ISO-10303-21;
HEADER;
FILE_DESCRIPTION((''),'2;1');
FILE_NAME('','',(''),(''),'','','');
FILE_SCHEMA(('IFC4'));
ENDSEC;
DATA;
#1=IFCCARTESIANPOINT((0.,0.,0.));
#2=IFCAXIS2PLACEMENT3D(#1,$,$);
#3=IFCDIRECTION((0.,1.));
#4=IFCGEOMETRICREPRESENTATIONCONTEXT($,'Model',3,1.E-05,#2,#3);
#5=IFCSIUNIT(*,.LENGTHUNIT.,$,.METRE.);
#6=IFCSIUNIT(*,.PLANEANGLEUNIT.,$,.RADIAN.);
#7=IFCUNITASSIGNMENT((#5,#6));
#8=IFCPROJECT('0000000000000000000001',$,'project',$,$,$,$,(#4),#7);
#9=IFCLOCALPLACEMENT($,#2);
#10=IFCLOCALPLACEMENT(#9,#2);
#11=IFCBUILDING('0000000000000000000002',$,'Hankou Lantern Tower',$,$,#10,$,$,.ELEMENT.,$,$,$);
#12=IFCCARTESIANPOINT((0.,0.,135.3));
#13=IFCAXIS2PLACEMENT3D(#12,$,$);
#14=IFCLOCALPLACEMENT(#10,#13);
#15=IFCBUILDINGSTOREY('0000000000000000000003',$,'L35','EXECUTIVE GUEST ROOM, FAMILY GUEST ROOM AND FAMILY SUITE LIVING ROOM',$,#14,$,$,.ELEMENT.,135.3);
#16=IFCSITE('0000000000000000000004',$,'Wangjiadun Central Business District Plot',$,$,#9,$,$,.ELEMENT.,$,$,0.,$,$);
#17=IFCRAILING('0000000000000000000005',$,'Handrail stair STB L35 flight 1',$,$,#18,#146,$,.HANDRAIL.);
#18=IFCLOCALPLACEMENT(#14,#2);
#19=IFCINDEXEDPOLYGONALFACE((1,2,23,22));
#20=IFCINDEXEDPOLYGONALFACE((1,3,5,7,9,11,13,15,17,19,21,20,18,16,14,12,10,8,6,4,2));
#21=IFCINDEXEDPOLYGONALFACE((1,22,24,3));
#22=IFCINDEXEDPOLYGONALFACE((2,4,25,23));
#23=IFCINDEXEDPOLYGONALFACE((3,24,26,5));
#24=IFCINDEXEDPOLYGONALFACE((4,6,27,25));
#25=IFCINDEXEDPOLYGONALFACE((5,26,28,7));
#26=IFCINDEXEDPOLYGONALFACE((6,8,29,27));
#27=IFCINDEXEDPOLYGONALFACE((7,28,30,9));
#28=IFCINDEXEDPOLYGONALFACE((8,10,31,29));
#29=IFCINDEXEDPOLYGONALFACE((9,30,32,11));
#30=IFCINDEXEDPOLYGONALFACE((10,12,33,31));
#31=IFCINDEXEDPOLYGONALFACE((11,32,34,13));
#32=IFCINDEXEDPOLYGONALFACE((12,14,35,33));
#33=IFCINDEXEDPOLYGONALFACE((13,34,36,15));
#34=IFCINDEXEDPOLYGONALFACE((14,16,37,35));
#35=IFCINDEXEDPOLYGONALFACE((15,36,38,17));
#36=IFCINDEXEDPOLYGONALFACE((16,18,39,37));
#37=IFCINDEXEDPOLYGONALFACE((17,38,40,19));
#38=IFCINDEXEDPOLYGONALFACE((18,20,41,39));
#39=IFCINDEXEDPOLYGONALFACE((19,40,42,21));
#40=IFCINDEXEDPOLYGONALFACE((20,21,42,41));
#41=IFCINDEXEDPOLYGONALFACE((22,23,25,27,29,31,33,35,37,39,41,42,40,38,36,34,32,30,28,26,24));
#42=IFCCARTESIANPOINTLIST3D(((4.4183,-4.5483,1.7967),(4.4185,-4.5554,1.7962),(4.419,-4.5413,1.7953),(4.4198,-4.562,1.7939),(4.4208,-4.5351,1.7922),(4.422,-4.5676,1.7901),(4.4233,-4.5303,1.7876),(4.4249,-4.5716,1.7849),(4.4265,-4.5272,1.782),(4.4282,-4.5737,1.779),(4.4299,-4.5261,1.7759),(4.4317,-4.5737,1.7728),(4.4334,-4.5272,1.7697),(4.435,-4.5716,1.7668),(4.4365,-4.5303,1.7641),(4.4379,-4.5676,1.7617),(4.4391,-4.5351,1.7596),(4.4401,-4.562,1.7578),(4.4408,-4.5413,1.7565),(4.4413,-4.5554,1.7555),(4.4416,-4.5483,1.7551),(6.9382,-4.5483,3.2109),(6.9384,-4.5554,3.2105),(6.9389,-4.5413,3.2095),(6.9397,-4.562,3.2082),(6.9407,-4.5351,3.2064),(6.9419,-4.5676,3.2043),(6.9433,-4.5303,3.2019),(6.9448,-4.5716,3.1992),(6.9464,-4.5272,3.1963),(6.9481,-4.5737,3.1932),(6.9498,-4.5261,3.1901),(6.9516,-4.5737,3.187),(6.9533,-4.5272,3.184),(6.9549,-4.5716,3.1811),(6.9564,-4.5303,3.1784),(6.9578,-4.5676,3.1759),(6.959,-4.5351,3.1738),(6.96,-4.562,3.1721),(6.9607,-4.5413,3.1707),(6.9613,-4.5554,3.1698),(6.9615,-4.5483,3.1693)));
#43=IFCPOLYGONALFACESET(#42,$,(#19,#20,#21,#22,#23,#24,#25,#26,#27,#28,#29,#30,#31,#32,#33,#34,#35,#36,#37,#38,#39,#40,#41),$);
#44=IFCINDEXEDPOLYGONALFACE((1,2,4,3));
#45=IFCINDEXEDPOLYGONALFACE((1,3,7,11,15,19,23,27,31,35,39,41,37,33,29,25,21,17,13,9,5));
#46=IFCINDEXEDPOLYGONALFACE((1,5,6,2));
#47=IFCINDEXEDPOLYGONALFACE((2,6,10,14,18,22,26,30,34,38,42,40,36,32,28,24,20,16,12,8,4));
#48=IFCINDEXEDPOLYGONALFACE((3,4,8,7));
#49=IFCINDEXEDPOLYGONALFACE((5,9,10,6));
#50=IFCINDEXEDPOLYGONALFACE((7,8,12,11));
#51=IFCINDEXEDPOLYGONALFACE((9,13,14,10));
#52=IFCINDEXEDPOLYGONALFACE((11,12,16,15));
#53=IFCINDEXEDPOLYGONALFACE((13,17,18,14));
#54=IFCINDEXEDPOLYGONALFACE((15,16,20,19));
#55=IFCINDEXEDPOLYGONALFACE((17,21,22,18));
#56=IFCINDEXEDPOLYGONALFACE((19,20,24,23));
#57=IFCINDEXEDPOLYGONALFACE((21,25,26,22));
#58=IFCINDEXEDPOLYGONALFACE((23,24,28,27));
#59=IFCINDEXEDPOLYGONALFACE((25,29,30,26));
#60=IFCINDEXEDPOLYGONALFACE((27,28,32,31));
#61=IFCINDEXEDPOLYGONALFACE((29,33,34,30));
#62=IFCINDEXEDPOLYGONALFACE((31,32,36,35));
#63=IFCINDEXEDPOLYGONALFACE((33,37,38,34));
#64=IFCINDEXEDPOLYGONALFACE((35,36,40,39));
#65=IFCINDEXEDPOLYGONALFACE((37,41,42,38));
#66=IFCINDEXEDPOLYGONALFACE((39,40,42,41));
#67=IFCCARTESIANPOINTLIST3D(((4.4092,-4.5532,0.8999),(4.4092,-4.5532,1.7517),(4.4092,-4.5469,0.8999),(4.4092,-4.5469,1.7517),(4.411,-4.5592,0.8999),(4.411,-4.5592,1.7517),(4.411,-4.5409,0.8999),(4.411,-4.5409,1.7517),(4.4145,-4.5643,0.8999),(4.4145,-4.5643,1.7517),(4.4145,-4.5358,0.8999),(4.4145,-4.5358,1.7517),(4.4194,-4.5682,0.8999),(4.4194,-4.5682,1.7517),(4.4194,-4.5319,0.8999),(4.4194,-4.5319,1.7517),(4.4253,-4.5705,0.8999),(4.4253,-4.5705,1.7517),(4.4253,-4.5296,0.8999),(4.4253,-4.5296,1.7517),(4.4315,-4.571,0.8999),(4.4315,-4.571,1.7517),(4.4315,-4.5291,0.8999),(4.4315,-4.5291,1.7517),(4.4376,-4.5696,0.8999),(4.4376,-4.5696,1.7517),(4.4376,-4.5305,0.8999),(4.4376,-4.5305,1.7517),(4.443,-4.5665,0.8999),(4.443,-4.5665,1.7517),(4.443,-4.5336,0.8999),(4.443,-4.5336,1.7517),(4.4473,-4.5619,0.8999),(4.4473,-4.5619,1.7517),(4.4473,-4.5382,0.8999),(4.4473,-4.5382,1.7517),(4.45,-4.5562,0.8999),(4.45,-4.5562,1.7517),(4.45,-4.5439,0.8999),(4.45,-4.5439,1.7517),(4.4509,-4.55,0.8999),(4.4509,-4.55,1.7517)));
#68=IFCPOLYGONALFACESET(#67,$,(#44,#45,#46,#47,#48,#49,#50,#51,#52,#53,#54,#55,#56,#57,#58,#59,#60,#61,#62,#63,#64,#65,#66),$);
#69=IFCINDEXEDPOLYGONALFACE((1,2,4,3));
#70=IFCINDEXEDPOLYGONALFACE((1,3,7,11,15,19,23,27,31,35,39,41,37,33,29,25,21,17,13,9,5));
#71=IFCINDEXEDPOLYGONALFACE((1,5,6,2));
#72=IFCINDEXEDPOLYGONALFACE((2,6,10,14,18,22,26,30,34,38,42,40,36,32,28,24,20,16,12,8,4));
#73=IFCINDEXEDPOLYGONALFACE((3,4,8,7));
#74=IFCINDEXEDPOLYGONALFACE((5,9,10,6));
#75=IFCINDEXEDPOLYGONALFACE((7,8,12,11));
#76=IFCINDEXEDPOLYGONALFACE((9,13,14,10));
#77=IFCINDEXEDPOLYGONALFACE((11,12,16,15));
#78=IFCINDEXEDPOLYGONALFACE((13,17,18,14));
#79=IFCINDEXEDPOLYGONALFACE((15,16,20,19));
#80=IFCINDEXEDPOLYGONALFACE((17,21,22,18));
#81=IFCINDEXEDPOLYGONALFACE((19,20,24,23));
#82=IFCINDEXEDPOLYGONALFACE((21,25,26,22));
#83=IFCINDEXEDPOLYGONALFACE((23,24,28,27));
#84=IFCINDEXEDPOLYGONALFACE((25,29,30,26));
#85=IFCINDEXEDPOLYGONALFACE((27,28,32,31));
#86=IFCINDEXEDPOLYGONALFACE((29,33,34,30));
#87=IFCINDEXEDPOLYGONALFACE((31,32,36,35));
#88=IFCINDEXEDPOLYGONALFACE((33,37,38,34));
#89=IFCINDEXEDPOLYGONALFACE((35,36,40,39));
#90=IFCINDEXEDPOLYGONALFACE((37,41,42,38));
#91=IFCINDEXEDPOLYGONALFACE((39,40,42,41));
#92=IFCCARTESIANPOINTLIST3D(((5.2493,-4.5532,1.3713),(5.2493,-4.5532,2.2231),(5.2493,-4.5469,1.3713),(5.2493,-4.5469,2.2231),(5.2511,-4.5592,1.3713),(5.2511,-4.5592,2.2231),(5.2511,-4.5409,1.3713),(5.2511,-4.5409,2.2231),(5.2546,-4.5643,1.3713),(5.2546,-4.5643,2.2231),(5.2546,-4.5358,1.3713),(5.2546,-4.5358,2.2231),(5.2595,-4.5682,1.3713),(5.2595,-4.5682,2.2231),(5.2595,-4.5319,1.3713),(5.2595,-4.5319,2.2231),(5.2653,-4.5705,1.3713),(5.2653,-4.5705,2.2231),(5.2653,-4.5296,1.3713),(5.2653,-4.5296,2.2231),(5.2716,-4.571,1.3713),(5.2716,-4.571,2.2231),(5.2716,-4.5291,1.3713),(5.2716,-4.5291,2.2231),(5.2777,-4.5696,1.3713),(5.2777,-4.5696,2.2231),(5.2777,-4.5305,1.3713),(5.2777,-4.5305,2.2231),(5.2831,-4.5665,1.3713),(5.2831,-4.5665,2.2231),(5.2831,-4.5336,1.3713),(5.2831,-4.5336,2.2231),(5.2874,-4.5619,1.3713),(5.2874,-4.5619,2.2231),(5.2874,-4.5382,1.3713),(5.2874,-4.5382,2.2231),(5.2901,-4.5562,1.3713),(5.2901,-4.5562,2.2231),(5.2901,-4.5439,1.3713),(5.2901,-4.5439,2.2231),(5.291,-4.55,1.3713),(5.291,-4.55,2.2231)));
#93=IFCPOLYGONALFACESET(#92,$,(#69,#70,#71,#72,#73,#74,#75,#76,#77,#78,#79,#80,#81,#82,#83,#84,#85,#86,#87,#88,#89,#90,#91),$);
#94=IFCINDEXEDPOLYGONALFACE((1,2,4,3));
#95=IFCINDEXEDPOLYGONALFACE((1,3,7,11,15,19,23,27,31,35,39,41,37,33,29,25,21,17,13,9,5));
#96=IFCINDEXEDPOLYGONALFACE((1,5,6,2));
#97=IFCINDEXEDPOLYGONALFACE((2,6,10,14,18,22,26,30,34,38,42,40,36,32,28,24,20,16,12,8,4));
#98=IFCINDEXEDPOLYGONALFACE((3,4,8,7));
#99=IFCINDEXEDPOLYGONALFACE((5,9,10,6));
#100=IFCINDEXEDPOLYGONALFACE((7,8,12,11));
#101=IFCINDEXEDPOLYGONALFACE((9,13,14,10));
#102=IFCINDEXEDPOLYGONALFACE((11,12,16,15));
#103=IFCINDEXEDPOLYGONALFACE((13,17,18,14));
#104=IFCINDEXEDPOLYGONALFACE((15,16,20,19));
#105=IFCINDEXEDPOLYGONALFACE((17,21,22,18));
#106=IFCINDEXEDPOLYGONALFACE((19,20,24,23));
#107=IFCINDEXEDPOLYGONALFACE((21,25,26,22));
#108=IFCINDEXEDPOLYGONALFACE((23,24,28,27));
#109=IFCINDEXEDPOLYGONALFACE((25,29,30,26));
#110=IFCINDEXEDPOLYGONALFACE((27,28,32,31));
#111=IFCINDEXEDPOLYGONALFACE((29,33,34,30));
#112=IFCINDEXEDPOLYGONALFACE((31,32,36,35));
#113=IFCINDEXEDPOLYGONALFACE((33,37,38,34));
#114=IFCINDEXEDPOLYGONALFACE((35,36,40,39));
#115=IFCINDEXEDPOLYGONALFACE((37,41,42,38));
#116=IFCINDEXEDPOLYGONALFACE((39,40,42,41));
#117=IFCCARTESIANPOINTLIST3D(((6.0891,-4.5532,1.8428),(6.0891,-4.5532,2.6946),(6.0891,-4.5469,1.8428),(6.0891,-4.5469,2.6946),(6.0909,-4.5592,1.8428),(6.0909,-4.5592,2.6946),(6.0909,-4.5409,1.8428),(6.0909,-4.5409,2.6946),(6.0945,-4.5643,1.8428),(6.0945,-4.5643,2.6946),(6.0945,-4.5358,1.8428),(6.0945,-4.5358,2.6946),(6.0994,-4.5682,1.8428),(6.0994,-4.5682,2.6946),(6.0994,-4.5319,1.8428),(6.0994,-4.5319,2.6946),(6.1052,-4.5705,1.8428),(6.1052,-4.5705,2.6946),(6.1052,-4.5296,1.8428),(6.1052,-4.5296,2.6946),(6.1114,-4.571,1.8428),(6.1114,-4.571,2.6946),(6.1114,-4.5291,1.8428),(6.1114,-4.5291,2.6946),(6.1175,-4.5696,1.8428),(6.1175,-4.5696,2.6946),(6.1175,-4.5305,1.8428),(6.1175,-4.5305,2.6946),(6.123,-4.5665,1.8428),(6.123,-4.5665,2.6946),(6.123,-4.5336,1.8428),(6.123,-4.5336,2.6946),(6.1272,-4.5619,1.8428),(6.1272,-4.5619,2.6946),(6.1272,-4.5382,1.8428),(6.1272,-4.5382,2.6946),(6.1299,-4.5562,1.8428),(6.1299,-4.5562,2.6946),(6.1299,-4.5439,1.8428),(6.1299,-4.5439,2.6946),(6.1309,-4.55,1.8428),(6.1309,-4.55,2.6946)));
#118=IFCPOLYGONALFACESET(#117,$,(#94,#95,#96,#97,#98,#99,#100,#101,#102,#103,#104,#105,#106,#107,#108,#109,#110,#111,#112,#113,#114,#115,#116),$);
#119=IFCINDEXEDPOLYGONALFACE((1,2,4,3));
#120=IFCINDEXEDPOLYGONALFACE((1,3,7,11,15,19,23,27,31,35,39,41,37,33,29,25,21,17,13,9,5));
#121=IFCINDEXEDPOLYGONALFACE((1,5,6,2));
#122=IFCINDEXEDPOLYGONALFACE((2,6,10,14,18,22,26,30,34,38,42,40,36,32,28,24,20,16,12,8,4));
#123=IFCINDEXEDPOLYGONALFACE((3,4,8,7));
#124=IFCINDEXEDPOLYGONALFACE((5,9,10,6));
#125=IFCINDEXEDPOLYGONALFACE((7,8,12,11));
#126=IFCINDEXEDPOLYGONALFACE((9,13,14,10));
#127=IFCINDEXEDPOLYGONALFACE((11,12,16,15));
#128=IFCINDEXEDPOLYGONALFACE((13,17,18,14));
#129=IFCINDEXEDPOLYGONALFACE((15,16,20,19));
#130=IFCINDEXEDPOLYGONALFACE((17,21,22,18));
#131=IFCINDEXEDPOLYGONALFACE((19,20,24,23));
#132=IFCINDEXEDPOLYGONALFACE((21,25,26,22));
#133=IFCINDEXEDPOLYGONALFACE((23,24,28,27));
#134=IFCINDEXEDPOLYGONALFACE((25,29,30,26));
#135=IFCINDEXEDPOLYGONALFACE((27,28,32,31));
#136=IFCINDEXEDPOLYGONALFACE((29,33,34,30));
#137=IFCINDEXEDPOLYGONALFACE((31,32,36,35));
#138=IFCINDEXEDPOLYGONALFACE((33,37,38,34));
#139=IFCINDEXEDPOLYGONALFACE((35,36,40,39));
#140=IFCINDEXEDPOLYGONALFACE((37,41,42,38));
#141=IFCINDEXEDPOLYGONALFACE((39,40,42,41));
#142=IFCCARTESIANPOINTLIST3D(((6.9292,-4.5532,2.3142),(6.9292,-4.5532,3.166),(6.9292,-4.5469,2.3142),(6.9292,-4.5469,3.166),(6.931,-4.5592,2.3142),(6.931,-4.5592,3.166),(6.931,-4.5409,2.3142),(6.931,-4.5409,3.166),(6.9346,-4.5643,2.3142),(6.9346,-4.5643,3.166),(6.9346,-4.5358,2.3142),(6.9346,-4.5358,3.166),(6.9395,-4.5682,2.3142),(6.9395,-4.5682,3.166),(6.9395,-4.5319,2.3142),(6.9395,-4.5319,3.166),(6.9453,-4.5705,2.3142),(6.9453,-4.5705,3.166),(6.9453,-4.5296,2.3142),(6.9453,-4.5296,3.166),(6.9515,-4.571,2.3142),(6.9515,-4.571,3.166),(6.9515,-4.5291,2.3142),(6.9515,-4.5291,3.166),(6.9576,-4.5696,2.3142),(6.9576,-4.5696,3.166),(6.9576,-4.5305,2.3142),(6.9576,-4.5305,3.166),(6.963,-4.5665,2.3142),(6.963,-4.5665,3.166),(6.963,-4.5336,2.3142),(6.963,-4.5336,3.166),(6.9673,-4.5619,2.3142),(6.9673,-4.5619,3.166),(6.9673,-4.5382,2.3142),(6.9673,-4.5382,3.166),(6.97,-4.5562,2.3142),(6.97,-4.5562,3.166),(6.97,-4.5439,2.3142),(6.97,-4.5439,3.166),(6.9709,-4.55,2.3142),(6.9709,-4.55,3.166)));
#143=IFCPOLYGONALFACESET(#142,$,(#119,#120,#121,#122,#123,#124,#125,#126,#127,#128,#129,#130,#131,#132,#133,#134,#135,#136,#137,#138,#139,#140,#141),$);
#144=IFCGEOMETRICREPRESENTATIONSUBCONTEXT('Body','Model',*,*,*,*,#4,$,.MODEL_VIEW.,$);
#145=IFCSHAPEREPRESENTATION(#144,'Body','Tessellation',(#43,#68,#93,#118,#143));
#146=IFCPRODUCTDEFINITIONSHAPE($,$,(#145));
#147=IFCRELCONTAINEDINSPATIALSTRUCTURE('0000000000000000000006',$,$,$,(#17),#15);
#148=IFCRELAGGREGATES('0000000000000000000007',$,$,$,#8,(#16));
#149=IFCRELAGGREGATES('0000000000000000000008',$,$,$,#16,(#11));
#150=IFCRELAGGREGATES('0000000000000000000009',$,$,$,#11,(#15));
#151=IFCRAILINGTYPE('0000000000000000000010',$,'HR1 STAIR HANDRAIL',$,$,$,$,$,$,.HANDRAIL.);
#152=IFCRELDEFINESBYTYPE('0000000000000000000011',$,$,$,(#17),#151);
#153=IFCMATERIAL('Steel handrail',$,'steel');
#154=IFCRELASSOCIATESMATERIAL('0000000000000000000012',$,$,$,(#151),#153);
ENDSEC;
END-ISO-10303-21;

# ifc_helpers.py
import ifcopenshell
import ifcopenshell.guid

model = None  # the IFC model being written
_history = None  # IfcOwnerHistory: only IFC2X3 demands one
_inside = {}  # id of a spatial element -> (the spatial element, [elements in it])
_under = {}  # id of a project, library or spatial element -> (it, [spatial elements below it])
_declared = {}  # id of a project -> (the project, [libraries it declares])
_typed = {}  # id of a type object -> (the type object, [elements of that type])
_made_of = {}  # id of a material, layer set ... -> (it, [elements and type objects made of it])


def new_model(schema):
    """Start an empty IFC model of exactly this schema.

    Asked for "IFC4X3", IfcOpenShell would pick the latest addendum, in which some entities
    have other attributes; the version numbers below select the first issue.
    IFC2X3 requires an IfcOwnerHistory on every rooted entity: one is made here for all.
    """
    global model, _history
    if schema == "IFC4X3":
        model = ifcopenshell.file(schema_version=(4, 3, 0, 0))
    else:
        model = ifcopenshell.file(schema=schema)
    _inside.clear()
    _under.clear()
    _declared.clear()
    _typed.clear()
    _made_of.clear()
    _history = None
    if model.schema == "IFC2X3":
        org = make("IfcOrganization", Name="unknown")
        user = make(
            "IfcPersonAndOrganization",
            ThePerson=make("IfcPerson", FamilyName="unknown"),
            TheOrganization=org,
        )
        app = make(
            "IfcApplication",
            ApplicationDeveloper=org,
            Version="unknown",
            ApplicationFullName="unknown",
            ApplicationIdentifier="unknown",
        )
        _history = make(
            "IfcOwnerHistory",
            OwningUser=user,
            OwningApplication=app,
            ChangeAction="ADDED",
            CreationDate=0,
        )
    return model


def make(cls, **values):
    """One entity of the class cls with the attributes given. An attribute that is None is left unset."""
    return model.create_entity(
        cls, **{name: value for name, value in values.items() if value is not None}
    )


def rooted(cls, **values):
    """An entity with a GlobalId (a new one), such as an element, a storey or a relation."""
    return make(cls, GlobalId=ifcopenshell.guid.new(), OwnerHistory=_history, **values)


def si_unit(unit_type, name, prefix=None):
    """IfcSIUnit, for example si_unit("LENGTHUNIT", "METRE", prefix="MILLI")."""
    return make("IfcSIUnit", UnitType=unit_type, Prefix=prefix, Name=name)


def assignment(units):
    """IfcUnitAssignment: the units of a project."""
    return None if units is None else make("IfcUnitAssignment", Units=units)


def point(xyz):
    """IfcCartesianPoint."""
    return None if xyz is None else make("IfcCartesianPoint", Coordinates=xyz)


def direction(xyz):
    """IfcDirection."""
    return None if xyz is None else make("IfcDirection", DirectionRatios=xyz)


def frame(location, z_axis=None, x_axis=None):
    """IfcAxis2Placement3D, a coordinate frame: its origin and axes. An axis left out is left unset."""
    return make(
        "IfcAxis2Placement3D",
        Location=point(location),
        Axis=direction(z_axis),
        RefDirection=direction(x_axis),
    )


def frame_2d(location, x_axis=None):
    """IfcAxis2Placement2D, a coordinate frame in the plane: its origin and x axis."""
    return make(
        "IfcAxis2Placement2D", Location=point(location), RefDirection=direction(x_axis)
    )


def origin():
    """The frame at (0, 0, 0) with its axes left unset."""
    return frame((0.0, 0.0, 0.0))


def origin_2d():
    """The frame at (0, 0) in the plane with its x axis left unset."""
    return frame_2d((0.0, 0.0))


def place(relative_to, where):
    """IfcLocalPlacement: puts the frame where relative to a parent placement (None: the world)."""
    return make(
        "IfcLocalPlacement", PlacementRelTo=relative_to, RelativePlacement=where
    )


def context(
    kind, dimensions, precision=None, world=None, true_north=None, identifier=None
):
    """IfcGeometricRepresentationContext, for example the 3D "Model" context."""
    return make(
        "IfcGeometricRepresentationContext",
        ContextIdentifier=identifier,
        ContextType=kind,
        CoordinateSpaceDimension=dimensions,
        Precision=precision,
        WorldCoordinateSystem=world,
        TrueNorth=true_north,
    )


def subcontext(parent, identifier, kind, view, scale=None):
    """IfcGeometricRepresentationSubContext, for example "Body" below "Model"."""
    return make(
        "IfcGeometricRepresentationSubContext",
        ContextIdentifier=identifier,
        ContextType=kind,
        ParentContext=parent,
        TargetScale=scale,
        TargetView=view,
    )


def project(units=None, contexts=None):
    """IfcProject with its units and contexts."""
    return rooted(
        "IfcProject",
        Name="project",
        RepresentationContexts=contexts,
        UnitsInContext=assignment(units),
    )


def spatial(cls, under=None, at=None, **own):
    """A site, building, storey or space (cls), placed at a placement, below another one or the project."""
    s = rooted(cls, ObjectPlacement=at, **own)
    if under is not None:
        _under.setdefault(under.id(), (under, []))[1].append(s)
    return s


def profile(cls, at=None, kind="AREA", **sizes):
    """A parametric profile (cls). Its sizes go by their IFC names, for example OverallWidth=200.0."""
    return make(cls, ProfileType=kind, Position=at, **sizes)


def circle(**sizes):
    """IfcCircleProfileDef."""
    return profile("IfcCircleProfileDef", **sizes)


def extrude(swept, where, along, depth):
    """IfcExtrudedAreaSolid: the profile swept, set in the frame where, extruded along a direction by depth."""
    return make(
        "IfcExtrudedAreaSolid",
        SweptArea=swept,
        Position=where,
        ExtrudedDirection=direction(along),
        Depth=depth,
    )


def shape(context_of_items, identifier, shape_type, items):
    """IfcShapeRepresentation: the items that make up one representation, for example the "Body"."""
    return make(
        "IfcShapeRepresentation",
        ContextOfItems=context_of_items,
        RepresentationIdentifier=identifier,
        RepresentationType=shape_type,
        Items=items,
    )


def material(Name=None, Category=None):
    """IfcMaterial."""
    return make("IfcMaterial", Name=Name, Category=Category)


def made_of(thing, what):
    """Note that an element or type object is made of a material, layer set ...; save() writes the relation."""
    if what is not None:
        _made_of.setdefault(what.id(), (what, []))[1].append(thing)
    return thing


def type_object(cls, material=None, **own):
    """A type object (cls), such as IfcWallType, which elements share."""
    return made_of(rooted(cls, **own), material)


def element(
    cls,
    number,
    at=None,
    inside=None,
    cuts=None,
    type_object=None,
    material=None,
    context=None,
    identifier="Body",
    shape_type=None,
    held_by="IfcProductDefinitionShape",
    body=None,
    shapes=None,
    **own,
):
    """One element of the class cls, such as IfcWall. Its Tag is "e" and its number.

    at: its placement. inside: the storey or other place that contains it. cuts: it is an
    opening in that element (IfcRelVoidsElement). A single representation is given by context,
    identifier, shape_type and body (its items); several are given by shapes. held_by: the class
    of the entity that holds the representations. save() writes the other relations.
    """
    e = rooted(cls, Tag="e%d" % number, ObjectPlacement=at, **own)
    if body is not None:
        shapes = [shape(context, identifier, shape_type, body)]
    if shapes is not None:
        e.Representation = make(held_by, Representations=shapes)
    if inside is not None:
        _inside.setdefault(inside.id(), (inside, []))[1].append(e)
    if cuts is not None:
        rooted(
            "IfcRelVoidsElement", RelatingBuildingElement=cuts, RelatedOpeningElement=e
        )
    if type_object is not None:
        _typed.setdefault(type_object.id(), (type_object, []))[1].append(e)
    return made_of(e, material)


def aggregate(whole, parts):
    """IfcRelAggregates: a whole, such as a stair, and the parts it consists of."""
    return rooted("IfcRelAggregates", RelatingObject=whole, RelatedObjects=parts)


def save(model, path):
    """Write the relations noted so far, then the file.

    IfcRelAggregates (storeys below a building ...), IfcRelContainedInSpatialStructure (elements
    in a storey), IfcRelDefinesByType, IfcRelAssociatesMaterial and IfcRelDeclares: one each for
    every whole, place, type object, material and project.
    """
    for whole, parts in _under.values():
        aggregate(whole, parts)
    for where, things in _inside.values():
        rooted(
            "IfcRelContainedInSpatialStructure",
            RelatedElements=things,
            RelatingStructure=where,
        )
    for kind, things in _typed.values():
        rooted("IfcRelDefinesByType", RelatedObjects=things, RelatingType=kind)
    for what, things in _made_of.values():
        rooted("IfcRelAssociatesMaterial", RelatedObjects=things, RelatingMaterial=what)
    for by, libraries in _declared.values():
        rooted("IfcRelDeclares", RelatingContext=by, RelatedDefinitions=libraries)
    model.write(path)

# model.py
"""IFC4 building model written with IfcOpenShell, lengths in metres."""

from ifc_helpers import new_model, si_unit, direction, frame, origin, origin_2d, place, context, subcontext, project, spatial, circle, extrude, material, type_object, element, save


model = new_model("IFC4")

# Units and contexts
model_context = context("Model", 3, precision=1e-05, world=origin(), true_north=direction((0.0, 1.0)))
body_context = subcontext(model_context, "Body", "Model", "MODEL_VIEW")
ifc_project = project(units=[si_unit("LENGTHUNIT", "METRE"), si_unit("PLANEANGLEUNIT", "RADIAN")], contexts=[model_context])

# Site, building, storey
site_placement = place(None, origin())
site = spatial("IfcSite", under=ifc_project, at=site_placement, Name="Wangjiadun Central Business District Plot", CompositionType="ELEMENT", RefElevation=0.0)
building_placement = place(site_placement, origin())
building = spatial("IfcBuilding", under=site, at=building_placement, Name="Hankou Lantern Tower", CompositionType="ELEMENT")
storey_placement = place(building_placement, frame((0.0, 0.0, 135.3)))
storey = spatial("IfcBuildingStorey", under=building, at=storey_placement, Name="L35", Description="EXECUTIVE GUEST ROOM, FAMILY GUEST ROOM AND FAMILY SUITE LIVING ROOM", CompositionType="ELEMENT", Elevation=135.3)

# Railing
ifc_material_1 = material(Name="Steel handrail", Category="steel")
railing_type = type_object("IfcRailingType", Name="HR1 STAIR HANDRAIL", PredefinedType="HANDRAIL", material=ifc_material_1)
railing_1_placement = place(storey_placement, frame((4.4299, -4.55, 0.8999)))
element("IfcRailing", 1, at=railing_1_placement, inside=storey, type_object=railing_type, Name="Handrail stair STB L35 flight 1", PredefinedType="HANDRAIL", context=body_context, shape_type="SweptSolid", body=[
    extrude(circle(Radius=0.0239, at=origin_2d()), frame((0.0, 0.0, 0.876), z_axis=(0.872049, 0.0, 0.489419), x_axis=(0.0, 1.0, 0.0)), (0.0, 0.0, 1.0), 2.8896),
    extrude(circle(Radius=0.021, at=origin_2d()), origin(), (0.0, 0.0, 1.0), 0.8518),
    extrude(circle(Radius=0.021, at=origin_2d()), frame((0.8401, 0.0, 0.4714)), (0.0, 0.0, 1.0), 0.8518),
    extrude(circle(Radius=0.021, at=origin_2d()), frame((1.6799, 0.0, 0.9429)), (0.0, 0.0, 1.0), 0.8518),
    extrude(circle(Radius=0.021, at=origin_2d()), frame((2.52, 0.0, 1.4143)), (0.0, 0.0, 1.0), 0.8518),
])

save(model, "model.ifc")
